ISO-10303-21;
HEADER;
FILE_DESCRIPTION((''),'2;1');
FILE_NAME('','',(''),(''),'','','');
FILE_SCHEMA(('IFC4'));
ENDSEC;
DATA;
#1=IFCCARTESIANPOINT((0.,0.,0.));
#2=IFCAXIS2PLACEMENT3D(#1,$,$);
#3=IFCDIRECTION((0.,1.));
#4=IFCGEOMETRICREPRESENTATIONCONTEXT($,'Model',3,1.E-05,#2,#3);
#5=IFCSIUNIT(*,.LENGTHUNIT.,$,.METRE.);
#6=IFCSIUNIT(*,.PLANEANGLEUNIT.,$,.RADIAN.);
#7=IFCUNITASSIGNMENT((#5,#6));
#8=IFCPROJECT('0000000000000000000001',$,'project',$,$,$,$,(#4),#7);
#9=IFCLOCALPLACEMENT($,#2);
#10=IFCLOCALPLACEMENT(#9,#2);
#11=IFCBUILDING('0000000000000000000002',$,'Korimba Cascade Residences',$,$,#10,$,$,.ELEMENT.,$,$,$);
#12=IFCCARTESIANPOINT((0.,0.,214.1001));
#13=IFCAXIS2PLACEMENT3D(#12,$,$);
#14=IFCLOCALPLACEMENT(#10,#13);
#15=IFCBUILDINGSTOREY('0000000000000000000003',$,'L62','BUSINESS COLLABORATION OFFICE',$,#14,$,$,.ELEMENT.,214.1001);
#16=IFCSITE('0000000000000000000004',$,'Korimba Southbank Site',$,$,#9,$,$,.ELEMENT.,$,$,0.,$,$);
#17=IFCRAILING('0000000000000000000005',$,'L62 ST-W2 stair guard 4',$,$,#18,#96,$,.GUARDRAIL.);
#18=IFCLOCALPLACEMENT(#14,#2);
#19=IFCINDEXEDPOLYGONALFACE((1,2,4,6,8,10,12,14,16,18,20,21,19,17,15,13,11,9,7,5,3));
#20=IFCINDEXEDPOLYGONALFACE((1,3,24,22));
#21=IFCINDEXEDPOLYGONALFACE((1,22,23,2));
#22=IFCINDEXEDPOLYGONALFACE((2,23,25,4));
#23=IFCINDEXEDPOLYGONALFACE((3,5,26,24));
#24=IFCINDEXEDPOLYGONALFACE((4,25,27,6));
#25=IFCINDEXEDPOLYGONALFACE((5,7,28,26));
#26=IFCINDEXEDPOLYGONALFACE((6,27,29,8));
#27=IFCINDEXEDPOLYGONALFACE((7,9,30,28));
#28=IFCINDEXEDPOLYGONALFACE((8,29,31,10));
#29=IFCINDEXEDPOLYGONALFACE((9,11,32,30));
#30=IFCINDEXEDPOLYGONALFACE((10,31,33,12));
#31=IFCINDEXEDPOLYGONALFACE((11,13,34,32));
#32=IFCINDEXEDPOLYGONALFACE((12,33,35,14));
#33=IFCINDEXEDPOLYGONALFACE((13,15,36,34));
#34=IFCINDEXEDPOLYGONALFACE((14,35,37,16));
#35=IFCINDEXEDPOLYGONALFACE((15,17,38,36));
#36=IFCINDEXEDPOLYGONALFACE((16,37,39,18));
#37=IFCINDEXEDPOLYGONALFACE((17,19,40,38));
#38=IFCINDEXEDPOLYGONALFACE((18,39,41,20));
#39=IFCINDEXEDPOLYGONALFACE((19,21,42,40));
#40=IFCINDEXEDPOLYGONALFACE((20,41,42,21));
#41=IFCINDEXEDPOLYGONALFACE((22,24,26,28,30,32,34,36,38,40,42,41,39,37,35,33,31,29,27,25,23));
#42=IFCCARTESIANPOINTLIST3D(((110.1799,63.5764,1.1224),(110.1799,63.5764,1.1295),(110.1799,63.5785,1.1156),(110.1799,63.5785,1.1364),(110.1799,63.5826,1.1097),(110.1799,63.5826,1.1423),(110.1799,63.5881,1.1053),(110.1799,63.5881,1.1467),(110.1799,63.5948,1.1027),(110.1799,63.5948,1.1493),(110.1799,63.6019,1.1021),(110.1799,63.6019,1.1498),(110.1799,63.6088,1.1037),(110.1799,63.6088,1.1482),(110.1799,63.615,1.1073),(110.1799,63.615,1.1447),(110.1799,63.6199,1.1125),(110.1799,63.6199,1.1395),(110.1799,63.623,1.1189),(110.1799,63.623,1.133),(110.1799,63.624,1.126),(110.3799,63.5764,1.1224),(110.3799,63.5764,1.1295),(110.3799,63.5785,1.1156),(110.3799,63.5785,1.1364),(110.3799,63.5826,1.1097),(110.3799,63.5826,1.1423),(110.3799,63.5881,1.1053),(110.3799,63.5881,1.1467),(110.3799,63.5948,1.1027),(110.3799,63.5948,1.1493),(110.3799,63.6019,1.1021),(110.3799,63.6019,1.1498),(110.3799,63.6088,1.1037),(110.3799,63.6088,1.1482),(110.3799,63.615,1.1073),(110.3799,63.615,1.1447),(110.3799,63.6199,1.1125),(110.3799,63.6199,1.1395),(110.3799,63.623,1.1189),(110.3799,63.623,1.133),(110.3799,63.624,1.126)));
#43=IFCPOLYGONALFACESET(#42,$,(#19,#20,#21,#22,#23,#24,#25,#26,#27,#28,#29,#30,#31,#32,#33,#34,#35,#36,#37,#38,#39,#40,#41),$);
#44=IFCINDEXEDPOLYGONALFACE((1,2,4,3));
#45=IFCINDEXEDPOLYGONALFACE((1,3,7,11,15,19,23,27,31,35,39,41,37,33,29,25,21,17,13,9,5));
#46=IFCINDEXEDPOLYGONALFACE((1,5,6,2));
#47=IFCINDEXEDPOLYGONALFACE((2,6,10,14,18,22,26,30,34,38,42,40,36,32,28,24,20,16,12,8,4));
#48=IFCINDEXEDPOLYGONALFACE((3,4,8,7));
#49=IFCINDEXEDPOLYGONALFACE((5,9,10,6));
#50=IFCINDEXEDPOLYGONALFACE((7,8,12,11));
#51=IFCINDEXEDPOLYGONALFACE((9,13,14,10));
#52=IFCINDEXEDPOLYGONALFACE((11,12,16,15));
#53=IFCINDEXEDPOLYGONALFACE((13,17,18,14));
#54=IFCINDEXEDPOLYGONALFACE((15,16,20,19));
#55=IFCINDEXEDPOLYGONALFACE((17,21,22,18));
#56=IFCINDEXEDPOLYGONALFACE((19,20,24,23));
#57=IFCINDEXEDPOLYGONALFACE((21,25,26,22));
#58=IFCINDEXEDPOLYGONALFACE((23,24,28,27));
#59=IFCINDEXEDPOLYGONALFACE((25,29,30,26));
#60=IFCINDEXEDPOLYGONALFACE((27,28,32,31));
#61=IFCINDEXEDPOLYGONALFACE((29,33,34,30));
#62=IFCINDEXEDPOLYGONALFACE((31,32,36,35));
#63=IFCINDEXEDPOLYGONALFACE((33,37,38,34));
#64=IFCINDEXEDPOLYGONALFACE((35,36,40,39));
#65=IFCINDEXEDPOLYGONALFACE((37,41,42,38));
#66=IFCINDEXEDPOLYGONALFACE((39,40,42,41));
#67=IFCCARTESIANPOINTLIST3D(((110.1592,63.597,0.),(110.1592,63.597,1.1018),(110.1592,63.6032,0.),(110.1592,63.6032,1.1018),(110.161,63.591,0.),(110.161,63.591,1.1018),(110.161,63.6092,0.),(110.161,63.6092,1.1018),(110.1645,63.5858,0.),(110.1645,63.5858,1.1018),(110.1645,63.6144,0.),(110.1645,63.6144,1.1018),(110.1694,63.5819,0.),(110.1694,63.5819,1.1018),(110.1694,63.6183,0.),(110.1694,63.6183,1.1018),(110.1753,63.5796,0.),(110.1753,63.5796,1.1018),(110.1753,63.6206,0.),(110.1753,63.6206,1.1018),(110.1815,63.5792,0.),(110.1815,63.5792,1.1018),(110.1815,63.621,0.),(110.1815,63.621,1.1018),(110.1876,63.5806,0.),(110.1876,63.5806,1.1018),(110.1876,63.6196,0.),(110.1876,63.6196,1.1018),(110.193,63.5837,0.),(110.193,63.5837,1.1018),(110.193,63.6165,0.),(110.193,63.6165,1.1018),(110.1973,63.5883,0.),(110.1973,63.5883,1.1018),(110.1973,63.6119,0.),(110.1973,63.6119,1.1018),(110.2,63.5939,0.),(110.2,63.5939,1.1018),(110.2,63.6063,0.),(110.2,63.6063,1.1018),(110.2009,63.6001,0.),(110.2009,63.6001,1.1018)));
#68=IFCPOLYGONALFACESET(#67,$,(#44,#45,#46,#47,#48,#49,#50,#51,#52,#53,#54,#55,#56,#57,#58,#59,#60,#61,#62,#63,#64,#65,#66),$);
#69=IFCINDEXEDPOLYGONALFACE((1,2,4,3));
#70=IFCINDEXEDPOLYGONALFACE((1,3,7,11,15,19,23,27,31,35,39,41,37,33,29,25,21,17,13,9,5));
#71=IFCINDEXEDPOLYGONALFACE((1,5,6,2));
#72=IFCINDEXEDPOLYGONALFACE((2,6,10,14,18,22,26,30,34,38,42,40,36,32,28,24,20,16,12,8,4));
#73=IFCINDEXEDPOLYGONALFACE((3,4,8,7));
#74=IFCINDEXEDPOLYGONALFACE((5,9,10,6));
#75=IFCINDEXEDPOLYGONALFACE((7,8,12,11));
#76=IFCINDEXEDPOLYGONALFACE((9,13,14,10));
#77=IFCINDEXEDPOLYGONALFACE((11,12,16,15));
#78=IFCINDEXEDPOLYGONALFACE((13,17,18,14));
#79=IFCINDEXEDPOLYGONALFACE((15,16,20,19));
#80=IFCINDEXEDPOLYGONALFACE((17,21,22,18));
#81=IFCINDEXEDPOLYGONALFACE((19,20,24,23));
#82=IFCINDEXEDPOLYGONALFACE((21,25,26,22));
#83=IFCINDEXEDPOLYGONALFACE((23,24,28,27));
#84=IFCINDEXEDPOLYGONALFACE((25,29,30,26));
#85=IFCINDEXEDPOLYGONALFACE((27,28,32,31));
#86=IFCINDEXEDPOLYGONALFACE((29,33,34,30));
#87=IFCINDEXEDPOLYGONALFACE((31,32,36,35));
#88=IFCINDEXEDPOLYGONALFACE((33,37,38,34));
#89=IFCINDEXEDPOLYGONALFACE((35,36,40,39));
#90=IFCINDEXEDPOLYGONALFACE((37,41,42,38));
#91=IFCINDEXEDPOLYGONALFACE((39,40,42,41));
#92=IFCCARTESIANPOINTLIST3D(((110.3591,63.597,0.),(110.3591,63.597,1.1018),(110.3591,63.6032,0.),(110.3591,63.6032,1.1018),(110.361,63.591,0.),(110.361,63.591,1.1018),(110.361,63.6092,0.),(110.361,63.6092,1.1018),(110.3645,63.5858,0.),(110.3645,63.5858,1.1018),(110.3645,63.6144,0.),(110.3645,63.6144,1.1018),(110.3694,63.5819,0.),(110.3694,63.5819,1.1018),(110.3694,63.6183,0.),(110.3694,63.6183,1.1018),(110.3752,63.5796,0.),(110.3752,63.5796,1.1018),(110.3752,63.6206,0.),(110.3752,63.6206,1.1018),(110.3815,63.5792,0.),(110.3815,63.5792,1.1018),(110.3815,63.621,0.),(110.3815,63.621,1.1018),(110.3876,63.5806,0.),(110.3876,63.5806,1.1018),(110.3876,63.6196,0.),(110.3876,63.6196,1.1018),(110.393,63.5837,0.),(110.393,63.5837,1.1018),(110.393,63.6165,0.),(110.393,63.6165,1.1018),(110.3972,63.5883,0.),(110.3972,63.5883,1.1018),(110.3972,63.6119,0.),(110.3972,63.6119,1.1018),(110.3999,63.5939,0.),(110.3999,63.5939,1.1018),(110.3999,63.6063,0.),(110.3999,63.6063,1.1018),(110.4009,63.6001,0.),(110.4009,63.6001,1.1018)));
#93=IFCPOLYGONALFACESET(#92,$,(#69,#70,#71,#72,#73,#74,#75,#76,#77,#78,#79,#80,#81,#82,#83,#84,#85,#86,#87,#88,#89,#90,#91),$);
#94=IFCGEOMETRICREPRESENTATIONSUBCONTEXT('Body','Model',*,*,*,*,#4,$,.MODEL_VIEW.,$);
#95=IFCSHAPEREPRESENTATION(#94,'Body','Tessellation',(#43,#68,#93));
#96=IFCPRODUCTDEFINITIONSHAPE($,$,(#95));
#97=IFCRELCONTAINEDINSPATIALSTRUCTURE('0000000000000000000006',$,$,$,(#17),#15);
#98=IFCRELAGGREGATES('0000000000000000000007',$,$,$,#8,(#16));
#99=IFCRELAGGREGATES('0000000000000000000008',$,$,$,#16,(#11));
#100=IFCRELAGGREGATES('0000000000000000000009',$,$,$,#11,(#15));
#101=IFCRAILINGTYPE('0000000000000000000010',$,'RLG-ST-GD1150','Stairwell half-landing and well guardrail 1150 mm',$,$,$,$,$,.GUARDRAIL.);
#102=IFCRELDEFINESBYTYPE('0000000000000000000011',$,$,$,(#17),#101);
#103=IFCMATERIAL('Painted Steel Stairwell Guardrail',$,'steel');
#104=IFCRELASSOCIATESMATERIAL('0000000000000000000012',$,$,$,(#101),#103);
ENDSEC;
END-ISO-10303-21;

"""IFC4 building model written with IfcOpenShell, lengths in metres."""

from ifc_helpers import new_model, si_unit, direction, frame, origin, origin_2d, place, context, subcontext, project, spatial, circle, extrude, material, type_object, element, save


model = new_model("IFC4")

# Units and contexts
model_context = context("Model", 3, precision=1e-05, world=origin(), true_north=direction((0.0, 1.0)))
body_context = subcontext(model_context, "Body", "Model", "MODEL_VIEW")
ifc_project = project(units=[si_unit("LENGTHUNIT", "METRE"), si_unit("PLANEANGLEUNIT", "RADIAN")], contexts=[model_context])

# Site, building, storey
site_placement = place(None, origin())
site = spatial("IfcSite", under=ifc_project, at=site_placement, Name="Korimba Southbank Site", CompositionType="ELEMENT", RefElevation=0.0)
building_placement = place(site_placement, origin())
building = spatial("IfcBuilding", under=site, at=building_placement, Name="Korimba Cascade Residences", CompositionType="ELEMENT")
storey_placement = place(building_placement, frame((0.0, 0.0, 214.1001)))
storey = spatial("IfcBuildingStorey", under=building, at=storey_placement, Name="L62", Description="BUSINESS COLLABORATION OFFICE", CompositionType="ELEMENT", Elevation=214.1001)

# Railing
ifc_material_1 = material(Name="Painted Steel Stairwell Guardrail", Category="steel")
railing_type_1 = type_object("IfcRailingType", Name="RLG-ST-GD1150", Description="Stairwell half-landing and well guardrail 1150 mm", PredefinedType="GUARDRAIL", material=ifc_material_1)
railing_1_placement = place(storey_placement, frame((110.1799, 63.6001, 0.0)))
element("IfcRailing", 1, at=railing_1_placement, inside=storey, type_object=railing_type_1, Name="L62 ST-W2 stair guard 4", PredefinedType="GUARDRAIL", context=body_context, shape_type="SweptSolid", body=[
    extrude(circle(Radius=0.0239, at=origin_2d()), frame((0.0, 0.0, 1.126), z_axis=(1.0, 0.0, 0.0), x_axis=(0.0, 1.0, 0.0)), (0.0, 0.0, 1.0), 0.2),
    extrude(circle(Radius=0.021, at=origin_2d()), origin(), (0.0, 0.0, 1.0), 1.1018),
    extrude(circle(Radius=0.021, at=origin_2d()), frame((0.2, 0.0, 0.0)), (0.0, 0.0, 1.0), 1.1018),
])

save(model, "model.ifc")
